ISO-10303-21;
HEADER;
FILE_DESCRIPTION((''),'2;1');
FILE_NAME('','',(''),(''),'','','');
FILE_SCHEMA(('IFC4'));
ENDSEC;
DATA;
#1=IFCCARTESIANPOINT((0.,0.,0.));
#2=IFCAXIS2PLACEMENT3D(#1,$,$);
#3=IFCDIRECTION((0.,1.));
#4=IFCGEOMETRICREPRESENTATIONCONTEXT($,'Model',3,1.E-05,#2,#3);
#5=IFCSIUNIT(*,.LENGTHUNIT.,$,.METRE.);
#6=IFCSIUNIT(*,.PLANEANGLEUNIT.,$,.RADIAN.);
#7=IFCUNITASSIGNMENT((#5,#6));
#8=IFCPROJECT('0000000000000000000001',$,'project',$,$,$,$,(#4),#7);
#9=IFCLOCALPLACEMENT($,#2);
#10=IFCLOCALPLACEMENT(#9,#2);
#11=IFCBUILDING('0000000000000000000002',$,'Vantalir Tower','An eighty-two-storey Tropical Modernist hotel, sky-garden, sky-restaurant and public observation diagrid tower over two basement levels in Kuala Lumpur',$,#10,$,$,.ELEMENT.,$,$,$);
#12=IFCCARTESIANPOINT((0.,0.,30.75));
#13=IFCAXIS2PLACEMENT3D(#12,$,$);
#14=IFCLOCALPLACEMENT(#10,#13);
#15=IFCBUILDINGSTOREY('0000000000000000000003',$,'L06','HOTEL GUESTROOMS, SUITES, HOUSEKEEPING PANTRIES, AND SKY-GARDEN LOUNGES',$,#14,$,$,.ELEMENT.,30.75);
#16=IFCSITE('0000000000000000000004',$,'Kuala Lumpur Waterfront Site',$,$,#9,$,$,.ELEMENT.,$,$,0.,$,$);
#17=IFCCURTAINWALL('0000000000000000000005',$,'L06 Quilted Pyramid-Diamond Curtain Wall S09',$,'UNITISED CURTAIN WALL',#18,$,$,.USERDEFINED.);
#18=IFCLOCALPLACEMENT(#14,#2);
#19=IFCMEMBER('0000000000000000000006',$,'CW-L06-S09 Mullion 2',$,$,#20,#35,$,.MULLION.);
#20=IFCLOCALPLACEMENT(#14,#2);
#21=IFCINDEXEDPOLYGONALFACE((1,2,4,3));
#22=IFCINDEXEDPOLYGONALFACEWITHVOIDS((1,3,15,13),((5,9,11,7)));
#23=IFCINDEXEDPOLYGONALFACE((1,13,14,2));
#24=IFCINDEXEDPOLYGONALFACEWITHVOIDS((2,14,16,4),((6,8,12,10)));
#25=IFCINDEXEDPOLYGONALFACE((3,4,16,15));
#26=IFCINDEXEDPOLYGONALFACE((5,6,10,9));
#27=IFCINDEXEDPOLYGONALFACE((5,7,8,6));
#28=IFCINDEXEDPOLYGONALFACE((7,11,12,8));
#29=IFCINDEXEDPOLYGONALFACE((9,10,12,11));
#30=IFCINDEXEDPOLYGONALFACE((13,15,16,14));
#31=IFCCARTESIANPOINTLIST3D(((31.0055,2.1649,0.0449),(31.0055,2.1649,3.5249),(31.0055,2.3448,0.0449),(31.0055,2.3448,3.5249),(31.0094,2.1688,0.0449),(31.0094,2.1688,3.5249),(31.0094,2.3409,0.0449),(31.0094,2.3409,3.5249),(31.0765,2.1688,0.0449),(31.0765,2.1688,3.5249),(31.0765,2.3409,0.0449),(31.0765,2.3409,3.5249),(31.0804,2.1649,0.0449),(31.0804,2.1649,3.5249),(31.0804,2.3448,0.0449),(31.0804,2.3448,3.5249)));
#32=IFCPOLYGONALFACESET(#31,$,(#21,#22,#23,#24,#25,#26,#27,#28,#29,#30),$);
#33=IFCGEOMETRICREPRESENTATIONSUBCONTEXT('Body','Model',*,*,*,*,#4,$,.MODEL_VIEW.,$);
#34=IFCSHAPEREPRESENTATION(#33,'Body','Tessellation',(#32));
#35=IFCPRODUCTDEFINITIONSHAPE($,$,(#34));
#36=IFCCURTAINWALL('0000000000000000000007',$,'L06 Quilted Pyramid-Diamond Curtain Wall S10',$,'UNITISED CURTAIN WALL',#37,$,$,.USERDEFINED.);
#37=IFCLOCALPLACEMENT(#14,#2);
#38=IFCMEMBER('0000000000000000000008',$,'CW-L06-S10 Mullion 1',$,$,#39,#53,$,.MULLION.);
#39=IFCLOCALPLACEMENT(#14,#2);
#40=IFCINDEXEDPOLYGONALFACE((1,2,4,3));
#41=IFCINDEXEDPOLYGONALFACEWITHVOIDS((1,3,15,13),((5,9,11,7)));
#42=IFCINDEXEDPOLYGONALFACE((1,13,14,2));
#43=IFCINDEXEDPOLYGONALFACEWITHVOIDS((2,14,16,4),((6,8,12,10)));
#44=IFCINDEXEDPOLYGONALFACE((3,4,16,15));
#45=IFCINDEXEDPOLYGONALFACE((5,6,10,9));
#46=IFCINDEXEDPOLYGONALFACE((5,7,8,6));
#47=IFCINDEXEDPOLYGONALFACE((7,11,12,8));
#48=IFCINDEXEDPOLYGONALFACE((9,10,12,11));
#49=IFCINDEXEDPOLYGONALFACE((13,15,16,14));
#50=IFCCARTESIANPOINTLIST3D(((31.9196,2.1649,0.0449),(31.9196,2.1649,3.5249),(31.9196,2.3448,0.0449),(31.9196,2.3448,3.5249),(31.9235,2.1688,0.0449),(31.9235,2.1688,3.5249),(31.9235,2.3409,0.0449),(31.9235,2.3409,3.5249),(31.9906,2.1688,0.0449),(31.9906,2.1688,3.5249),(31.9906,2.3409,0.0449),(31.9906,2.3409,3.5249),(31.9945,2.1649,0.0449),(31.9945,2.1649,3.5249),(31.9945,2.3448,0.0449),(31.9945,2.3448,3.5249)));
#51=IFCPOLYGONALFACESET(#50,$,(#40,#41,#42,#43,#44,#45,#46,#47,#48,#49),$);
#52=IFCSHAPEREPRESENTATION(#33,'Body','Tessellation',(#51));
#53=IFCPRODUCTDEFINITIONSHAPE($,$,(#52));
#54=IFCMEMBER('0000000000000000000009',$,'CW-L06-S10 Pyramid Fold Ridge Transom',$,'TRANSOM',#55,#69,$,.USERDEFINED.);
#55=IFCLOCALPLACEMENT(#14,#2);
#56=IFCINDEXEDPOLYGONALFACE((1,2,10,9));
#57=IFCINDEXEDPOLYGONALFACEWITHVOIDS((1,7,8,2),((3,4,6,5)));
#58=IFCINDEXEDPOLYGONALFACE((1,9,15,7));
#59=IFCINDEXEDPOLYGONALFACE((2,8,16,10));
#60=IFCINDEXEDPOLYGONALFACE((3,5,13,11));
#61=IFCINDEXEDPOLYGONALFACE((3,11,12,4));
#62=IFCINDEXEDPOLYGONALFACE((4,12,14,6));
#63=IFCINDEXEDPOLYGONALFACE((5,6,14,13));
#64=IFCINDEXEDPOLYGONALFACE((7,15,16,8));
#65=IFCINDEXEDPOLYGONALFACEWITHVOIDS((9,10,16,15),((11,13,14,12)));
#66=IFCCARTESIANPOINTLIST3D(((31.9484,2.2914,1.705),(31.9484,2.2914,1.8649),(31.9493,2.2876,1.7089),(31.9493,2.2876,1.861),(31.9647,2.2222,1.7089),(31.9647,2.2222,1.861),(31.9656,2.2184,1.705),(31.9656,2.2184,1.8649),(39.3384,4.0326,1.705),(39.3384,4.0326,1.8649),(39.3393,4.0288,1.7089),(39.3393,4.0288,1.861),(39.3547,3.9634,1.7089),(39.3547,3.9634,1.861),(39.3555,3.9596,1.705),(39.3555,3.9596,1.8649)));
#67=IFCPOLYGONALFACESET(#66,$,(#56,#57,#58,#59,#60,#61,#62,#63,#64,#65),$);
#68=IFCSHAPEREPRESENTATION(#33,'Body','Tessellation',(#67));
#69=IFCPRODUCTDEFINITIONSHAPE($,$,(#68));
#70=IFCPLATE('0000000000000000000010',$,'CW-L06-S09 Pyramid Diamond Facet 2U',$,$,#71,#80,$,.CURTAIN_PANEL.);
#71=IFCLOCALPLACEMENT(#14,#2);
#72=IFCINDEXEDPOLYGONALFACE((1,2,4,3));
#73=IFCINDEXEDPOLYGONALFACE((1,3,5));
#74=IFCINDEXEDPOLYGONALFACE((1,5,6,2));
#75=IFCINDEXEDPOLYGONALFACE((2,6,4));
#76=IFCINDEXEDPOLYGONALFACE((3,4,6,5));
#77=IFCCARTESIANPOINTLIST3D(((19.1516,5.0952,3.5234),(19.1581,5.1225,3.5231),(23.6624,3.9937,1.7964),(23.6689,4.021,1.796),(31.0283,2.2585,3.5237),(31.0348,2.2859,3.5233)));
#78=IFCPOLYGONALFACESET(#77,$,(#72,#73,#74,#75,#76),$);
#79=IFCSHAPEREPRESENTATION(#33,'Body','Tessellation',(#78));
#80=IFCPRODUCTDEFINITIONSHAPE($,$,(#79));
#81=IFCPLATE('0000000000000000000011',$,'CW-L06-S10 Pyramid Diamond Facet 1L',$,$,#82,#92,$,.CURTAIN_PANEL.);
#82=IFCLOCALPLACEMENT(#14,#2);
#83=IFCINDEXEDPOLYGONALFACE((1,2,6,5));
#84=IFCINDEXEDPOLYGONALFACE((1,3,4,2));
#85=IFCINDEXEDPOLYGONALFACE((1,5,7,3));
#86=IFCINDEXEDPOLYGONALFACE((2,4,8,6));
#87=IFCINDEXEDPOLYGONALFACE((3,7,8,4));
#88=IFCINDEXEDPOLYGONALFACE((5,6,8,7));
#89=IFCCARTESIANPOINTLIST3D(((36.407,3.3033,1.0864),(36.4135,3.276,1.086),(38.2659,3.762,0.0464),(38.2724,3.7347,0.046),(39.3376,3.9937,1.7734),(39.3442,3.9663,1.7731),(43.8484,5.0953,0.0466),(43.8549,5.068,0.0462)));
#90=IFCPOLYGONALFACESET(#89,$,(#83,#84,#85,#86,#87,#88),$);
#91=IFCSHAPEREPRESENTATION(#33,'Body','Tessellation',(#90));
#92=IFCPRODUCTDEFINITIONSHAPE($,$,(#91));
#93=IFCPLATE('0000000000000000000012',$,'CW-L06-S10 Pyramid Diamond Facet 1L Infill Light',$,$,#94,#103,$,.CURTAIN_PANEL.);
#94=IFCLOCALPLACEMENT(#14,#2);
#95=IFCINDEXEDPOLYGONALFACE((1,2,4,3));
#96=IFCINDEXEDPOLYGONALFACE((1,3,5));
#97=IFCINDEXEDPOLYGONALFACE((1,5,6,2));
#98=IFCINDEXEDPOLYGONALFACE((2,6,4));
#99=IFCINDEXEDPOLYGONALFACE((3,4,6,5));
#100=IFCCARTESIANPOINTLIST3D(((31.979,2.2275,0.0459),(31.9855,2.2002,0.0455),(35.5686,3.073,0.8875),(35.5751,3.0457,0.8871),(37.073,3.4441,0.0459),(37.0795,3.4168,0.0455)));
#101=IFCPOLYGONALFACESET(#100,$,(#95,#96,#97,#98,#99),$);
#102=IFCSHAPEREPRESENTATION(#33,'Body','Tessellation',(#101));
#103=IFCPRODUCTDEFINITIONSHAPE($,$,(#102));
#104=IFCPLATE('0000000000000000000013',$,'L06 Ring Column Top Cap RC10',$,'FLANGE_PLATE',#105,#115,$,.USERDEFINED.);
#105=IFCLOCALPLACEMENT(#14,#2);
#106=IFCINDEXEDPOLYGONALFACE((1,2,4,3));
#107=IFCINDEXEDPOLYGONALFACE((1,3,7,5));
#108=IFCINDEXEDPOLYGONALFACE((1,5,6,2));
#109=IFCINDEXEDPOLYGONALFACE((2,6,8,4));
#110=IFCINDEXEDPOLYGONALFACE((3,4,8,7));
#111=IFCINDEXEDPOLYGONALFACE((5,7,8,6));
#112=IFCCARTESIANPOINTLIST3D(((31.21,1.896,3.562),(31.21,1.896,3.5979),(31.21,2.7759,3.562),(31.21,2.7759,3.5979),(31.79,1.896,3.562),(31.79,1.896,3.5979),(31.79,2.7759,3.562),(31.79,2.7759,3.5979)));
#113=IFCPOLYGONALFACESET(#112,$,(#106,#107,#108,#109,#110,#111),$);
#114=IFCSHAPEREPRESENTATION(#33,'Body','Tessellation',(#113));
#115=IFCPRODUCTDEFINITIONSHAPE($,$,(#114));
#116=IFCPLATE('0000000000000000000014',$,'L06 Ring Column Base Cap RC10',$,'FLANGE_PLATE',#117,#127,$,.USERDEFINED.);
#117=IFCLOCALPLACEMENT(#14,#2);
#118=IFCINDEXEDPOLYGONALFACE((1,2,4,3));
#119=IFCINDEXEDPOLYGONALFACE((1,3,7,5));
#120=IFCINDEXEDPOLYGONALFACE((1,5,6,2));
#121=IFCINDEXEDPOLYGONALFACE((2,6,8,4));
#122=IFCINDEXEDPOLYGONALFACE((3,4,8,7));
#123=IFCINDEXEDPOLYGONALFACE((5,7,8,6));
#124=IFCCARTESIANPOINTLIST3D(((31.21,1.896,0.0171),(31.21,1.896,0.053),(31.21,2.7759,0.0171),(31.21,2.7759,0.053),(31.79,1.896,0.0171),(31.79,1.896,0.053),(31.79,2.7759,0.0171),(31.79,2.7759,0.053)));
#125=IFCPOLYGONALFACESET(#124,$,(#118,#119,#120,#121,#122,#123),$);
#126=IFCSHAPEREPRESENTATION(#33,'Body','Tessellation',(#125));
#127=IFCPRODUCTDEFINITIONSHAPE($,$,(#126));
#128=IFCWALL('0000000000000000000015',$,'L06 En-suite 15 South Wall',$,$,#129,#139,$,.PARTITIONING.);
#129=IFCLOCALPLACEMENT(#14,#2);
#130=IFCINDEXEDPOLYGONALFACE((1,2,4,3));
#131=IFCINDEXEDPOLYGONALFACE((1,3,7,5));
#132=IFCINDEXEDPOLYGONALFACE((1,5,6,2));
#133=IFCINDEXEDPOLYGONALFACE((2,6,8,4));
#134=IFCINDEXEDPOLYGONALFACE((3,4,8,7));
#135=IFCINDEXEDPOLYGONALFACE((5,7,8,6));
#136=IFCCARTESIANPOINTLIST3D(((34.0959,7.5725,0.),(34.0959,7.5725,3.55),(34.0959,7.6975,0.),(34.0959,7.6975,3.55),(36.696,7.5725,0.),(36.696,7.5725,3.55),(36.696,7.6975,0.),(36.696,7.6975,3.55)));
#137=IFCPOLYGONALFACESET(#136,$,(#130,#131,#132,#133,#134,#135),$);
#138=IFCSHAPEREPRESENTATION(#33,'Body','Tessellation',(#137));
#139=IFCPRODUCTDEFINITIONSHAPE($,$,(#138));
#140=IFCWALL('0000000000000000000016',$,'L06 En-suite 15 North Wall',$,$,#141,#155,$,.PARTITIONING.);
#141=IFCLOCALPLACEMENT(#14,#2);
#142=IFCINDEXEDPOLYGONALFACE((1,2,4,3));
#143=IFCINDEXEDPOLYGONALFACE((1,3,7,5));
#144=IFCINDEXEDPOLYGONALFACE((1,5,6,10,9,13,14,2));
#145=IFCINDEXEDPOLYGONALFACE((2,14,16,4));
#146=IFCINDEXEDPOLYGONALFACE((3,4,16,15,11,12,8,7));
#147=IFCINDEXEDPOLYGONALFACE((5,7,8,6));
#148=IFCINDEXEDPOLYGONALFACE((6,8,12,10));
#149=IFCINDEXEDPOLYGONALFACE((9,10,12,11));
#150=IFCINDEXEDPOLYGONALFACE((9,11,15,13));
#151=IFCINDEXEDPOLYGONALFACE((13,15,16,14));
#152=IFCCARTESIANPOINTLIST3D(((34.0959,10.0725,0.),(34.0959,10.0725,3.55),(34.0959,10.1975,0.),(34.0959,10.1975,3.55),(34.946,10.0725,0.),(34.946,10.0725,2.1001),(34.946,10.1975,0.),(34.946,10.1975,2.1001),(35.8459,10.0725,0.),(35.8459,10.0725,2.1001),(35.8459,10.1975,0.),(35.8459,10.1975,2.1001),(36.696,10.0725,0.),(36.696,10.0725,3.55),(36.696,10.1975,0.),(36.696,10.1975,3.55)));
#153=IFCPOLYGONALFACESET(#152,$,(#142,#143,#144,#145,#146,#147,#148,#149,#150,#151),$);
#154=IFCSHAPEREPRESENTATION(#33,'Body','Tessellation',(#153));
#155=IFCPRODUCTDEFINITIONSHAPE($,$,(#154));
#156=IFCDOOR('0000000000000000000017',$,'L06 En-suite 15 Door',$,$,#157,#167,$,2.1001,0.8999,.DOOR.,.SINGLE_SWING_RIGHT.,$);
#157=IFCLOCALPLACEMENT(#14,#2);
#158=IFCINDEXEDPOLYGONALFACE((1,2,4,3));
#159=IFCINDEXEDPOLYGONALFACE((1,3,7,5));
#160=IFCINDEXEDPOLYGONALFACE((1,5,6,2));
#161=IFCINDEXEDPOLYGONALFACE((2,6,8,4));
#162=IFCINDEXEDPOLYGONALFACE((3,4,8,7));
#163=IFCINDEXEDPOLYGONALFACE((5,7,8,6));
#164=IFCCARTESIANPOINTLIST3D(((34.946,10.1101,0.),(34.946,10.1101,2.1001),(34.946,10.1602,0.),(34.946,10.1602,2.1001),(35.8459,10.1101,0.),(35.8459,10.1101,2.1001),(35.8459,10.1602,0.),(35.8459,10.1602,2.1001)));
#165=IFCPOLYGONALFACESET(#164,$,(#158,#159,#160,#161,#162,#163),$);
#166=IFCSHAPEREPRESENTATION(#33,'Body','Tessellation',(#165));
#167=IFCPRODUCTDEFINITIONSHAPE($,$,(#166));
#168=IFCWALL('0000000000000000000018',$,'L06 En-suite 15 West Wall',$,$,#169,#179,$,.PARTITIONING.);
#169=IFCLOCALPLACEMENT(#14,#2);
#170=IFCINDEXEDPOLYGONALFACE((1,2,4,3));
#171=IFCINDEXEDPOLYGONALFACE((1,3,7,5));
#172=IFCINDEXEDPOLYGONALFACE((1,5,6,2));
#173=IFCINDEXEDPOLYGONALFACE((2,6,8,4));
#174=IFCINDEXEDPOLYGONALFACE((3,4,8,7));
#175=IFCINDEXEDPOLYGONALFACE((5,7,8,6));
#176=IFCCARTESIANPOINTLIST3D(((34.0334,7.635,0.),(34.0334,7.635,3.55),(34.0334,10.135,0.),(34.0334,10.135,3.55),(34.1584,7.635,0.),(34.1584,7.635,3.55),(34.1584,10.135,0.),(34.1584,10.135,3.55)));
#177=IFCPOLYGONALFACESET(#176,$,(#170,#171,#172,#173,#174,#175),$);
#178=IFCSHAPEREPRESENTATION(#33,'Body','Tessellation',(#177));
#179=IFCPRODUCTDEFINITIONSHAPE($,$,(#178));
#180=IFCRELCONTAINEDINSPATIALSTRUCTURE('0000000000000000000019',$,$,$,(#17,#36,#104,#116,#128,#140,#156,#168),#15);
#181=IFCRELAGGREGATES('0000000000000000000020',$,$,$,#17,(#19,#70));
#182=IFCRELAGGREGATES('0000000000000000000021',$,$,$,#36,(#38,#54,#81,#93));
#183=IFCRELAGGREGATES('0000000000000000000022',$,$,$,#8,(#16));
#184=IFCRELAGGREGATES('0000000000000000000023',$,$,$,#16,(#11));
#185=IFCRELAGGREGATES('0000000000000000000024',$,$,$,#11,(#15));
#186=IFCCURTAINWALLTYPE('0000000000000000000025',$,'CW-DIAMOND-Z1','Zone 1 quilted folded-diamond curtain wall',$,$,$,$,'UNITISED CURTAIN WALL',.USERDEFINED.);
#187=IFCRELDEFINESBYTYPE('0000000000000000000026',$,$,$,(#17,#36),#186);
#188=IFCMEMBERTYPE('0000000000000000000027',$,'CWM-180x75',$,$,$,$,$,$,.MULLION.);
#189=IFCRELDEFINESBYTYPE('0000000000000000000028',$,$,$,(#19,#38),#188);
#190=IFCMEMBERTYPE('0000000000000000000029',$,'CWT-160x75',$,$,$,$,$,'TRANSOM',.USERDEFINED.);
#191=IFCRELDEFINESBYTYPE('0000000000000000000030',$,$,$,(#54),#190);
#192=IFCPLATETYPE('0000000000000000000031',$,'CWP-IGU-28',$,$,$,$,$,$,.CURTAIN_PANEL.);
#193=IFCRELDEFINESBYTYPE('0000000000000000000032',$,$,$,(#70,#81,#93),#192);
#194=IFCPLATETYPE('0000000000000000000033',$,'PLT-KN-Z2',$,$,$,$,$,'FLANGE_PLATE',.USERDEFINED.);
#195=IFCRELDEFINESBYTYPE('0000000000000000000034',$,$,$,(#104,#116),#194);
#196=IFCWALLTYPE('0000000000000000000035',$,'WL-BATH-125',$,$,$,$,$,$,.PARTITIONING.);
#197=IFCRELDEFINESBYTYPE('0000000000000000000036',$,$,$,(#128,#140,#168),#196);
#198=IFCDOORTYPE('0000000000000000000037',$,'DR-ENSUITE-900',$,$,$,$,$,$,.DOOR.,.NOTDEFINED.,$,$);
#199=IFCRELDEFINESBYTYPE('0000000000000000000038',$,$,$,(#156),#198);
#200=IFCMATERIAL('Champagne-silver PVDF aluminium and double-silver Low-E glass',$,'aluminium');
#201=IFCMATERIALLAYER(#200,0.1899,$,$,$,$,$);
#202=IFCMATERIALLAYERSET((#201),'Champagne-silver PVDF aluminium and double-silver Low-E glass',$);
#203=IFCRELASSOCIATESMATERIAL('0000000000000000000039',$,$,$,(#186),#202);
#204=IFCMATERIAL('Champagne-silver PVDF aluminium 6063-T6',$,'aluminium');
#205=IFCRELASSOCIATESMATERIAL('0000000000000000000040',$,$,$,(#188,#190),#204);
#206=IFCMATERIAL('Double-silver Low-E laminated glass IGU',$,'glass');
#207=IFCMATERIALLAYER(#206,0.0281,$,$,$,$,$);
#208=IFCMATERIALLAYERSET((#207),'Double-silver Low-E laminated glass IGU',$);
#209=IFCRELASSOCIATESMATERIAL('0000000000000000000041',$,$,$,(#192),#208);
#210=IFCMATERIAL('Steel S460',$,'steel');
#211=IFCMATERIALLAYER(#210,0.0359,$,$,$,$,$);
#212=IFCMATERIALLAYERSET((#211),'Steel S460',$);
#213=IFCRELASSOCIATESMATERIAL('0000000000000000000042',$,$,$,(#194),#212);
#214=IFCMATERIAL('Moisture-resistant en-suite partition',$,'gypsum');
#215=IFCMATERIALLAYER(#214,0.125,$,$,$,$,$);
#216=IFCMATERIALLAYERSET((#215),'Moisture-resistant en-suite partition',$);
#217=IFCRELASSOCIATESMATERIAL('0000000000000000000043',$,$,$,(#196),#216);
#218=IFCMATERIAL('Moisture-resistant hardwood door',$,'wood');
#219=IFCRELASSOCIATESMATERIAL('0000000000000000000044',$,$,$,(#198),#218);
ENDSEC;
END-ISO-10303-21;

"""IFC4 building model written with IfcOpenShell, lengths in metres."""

from ifc_helpers import new_model, si_unit, direction, frame, frame_2d, origin, origin_2d, place, context, subcontext, project, spatial, polyline, rectangle, hollow_rectangle, outline, extrude, material, layer, layer_set, material_profile, profile_set, type_object, element, fill, aggregate, save


model = new_model("IFC4")

# Units and contexts
model_context = context("Model", 3, precision=1e-05, world=origin(), true_north=direction((0.0, 1.0)))
body_context = subcontext(model_context, "Body", "Model", "MODEL_VIEW")
ifc_project = project(units=[si_unit("LENGTHUNIT", "METRE"), si_unit("PLANEANGLEUNIT", "RADIAN")], contexts=[model_context])

# Site, building, storey
site_placement = place(None, origin())
site = spatial("IfcSite", under=ifc_project, at=site_placement, Name="Kuala Lumpur Waterfront Site", CompositionType="ELEMENT", RefElevation=0.0)
building_placement = place(site_placement, origin())
building = spatial("IfcBuilding", under=site, at=building_placement, Name="Vantalir Tower", Description="An eighty-two-storey Tropical Modernist hotel, sky-garden, sky-restaurant and public observation diagrid tower over two basement levels in Kuala Lumpur", CompositionType="ELEMENT")
storey_placement = place(building_placement, frame((0.0, 0.0, 30.75)))
storey = spatial("IfcBuildingStorey", under=building, at=storey_placement, Name="L06", Description="HOTEL GUESTROOMS, SUITES, HOUSEKEEPING PANTRIES, AND SKY-GARDEN LOUNGES", CompositionType="ELEMENT", Elevation=30.75)

# Shared definitions
ifc_material_1 = material(Name="Steel S460", Category="steel")

# Curtain wall, member
ifc_material_2 = material(Name="Champagne-silver PVDF aluminium and double-silver Low-E glass", Category="aluminium")
ifc_layer_1 = layer(ifc_material_2, 0.1899)
ifc_layer_set_1 = layer_set([ifc_layer_1], Name="Champagne-silver PVDF aluminium and double-silver Low-E glass")
curtain_wall_type = type_object("IfcCurtainWallType", Name="CW-DIAMOND-Z1", Description="Zone 1 quilted folded-diamond curtain wall", ElementType="UNITISED CURTAIN WALL", PredefinedType="USERDEFINED", material=ifc_layer_set_1)
curtain_wall_1_placement = place(storey_placement, origin())
curtain_wall_1 = element("IfcCurtainWall", 1, at=curtain_wall_1_placement, inside=storey, type_object=curtain_wall_type, Name="L06 Quilted Pyramid-Diamond Curtain Wall S09", ObjectType="UNITISED CURTAIN WALL", PredefinedType="USERDEFINED")
ifc_material_3 = material(Name="Champagne-silver PVDF aluminium 6063-T6", Category="aluminium")
ifc_material_profile_1 = material_profile(ifc_material_3, hollow_rectangle(XDim=0.075, YDim=0.1799, WallThickness=0.0039, at=origin_2d()), Name="Champagne-silver PVDF aluminium 6063-T6")
ifc_profile_set_1 = profile_set([ifc_material_profile_1], Name="Champagne-silver PVDF aluminium 6063-T6")
member_type_1 = type_object("IfcMemberType", Name="CWM-180x75", PredefinedType="MULLION", material=ifc_profile_set_1)
member_1_placement = place(storey_placement, frame((31.043, 2.2549, 0.0449), z_axis=(0.0, 0.0, 1.0), x_axis=(1.0, 0.0, 0.0)))
member_1 = element("IfcMember", 2, at=member_1_placement, type_object=member_type_1, Name="CW-L06-S09 Mullion 2", PredefinedType="MULLION", context=body_context, shape_type="SweptSolid", body=[
    extrude(hollow_rectangle(XDim=0.075, YDim=0.1799, WallThickness=0.0039, at=origin_2d()), origin(), (0.0, 0.0, 1.0), 3.48),
])

# Curtain wall, members
curtain_wall_2_placement = place(storey_placement, origin())
curtain_wall_2 = element("IfcCurtainWall", 3, at=curtain_wall_2_placement, inside=storey, type_object=curtain_wall_type, Name="L06 Quilted Pyramid-Diamond Curtain Wall S10", ObjectType="UNITISED CURTAIN WALL", PredefinedType="USERDEFINED")
member_2_placement = place(storey_placement, frame((31.957, 2.2549, 0.0449), z_axis=(0.0, 0.0, 1.0), x_axis=(1.0, 0.0, 0.0)))
member_2 = element("IfcMember", 4, at=member_2_placement, type_object=member_type_1, Name="CW-L06-S10 Mullion 1", PredefinedType="MULLION", context=body_context, shape_type="SweptSolid", body=[
    extrude(hollow_rectangle(XDim=0.075, YDim=0.1799, WallThickness=0.0039, at=origin_2d()), origin(), (0.0, 0.0, 1.0), 3.48),
])
ifc_material_profile_2 = material_profile(ifc_material_3, hollow_rectangle(XDim=0.075, YDim=0.1599, WallThickness=0.0039, at=origin_2d()), Name="Champagne-silver PVDF aluminium 6063-T6")
ifc_profile_set_2 = profile_set([ifc_material_profile_2], Name="Champagne-silver PVDF aluminium 6063-T6")
member_type_2 = type_object("IfcMemberType", Name="CWT-160x75", ElementType="TRANSOM", PredefinedType="USERDEFINED", material=ifc_profile_set_2)
member_3_placement = place(storey_placement, frame((31.957, 2.2549, 1.7849), z_axis=(0.973346, 0.22934, 0.0), x_axis=(-0.22934, 0.973346, 0.0)))
member_3 = element("IfcMember", 5, at=member_3_placement, type_object=member_type_2, Name="CW-L06-S10 Pyramid Fold Ridge Transom", ObjectType="TRANSOM", PredefinedType="USERDEFINED", context=body_context, shape_type="SweptSolid", body=[
    extrude(hollow_rectangle(XDim=0.075, YDim=0.1599, WallThickness=0.0039, at=origin_2d()), origin(), (0.0, 0.0, 1.0), 7.5923),
])

# Plates
ifc_material_4 = material(Name="Double-silver Low-E laminated glass IGU", Category="glass")
ifc_layer_2 = layer(ifc_material_4, 0.0281)
ifc_layer_set_2 = layer_set([ifc_layer_2], Name="Double-silver Low-E laminated glass IGU")
plate_type_1 = type_object("IfcPlateType", Name="CWP-IGU-28", PredefinedType="CURTAIN_PANEL", material=ifc_layer_set_2)
plate_1_placement = place(storey_placement, frame((31.0283, 2.2585, 3.5237), z_axis=(-0.232288, -0.972552, 0.013629), x_axis=(-0.972642, 0.232309, -0.00002)))
plate_1 = element("IfcPlate", 6, at=plate_1_placement, type_object=plate_type_1, Name="CW-L06-S09 Pyramid Diamond Facet 2U", PredefinedType="CURTAIN_PANEL", context=body_context, shape_type="SweptSolid", body=[
    extrude(outline(polyline([(0.0, 0.0), (12.2108, 0.0), (7.5676, 1.7273), (0.0, 0.0)])), origin(), (0.0, 0.0, -1.0), 0.0281),
])
aggregate(curtain_wall_1, [member_1, plate_1])
plate_2_placement = place(storey_placement, frame((38.2659, 3.762, 0.0464), z_axis=(-0.232291, 0.97255, 0.013685), x_axis=(0.972641, 0.232312, 0.000043)))
plate_2 = element("IfcPlate", 7, at=plate_2_placement, type_object=plate_type_1, Name="CW-L06-S10 Pyramid Diamond Facet 1L", PredefinedType="CURTAIN_PANEL", context=body_context, shape_type="SweptSolid", body=[
    extrude(outline(polyline([(0.0, 0.0), (5.7395, 0.0), (1.0964, -1.7272), (-1.9146, -1.0402), (0.0, 0.0)])), origin(), (0.0, 0.0, -1.0), 0.0281),
])
plate_3_placement = place(storey_placement, frame((31.979, 2.2275, 0.0459), z_axis=(-0.232267, 0.972556, 0.013652), x_axis=(0.972647, 0.232289, 0.0)))
plate_3 = element("IfcPlate", 8, at=plate_3_placement, type_object=plate_type_1, Name="CW-L06-S10 Pyramid Diamond Facet 1L Infill Light", PredefinedType="CURTAIN_PANEL", context=body_context, shape_type="SweptSolid", body=[
    extrude(outline(polyline([(0.0, 0.0), (5.2372, 0.0), (3.6878, -0.8416), (0.0, 0.0)])), origin(), (0.0, 0.0, -1.0), 0.0281),
])
aggregate(curtain_wall_2, [member_2, member_3, plate_2, plate_3])

# Plates
ifc_layer_3 = layer(ifc_material_1, 0.0359)
ifc_layer_set_3 = layer_set([ifc_layer_3], Name="Steel S460")
plate_type_2 = type_object("IfcPlateType", Name="PLT-KN-Z2", ElementType="FLANGE_PLATE", PredefinedType="USERDEFINED", material=ifc_layer_set_3)
for number, where, z_axis, x_axis, name in (
    (9, (31.21, 2.7759, 3.5979), (0.0, 0.0, 1.0), (0.0, -1.0, 0.0), "L06 Ring Column Top Cap RC10"),
    (10, (31.21, 2.7759, 0.053), (0.0, 0.0, 1.0), (0.0, -1.0, 0.0), "L06 Ring Column Base Cap RC10"),
):
    element("IfcPlate", number, at=place(storey_placement, frame(where, z_axis=z_axis, x_axis=x_axis)), inside=storey, type_object=plate_type_2, Name=name, ObjectType="FLANGE_PLATE", PredefinedType="USERDEFINED", context=body_context, shape_type="SweptSolid", body=[
        extrude(outline(polyline([(0.0, 0.0), (0.8799, 0.0), (0.8799, 0.5801), (0.0, 0.5801), (0.0, 0.0)])), origin(), (0.0, 0.0, -1.0), 0.0359),
    ])

# Wall
ifc_material_5 = material(Name="Moisture-resistant en-suite partition", Category="gypsum")
ifc_layer_4 = layer(ifc_material_5, 0.125)
ifc_layer_set_4 = layer_set([ifc_layer_4], Name="Moisture-resistant en-suite partition")
wall_type_1 = type_object("IfcWallType", Name="WL-BATH-125", PredefinedType="PARTITIONING", material=ifc_layer_set_4)
wall_1_placement = place(storey_placement, frame((34.0959, 7.635, 0.0), z_axis=(0.0, 0.0, 1.0), x_axis=(1.0, 0.0, 0.0)))
element("IfcWall", 11, at=wall_1_placement, inside=storey, type_object=wall_type_1, Name="L06 En-suite 15 South Wall", PredefinedType="PARTITIONING", context=body_context, shape_type="SweptSolid", body=[
    extrude(rectangle(XDim=2.6001, YDim=0.125, at=frame_2d((1.3, 0.0))), origin(), (0.0, 0.0, 1.0), 3.55),
])

# Wall, opening, door
wall_2_placement = place(storey_placement, frame((34.0959, 10.135, 0.0), z_axis=(0.0, 0.0, 1.0), x_axis=(1.0, 0.0, 0.0)))
wall_2 = element("IfcWall", 12, at=wall_2_placement, inside=storey, type_object=wall_type_1, Name="L06 En-suite 15 North Wall", PredefinedType="PARTITIONING", context=body_context, shape_type="SweptSolid", body=[
    extrude(rectangle(XDim=2.6001, YDim=0.125, at=frame_2d((1.3, 0.0))), origin(), (0.0, 0.0, 1.0), 3.55),
])
opening_1_placement = place(wall_2_placement, frame((0.8501, 0.0, 0.0)))
opening_1 = element("IfcOpeningElement", 13, at=opening_1_placement, cuts=wall_2, PredefinedType="OPENING", context=body_context, shape_type="SweptSolid", body=[
    extrude(rectangle(XDim=0.8999, YDim=2.1001, at=frame_2d((0.45, 1.05))), frame((0.0, 0.0725, 0.0), z_axis=(0.0, -1.0, 0.0), x_axis=(1.0, 0.0, 0.0)), (0.0, 0.0, 1.0), 0.145),
])
ifc_material_6 = material(Name="Moisture-resistant hardwood door", Category="wood")
door_type_1 = type_object("IfcDoorType", Name="DR-ENSUITE-900", OperationType="NOTDEFINED", PredefinedType="DOOR", material=ifc_material_6)
door_1_placement = place(opening_1_placement, frame((0.8999, 0.0, 0.0), z_axis=(0.0, 0.0, 1.0), x_axis=(-1.0, 0.0, 0.0)))
door_1 = element("IfcDoor", 14, at=door_1_placement, inside=storey, type_object=door_type_1, Name="L06 En-suite 15 Door", OperationType="SINGLE_SWING_RIGHT", OverallHeight=2.1001, OverallWidth=0.8999, PredefinedType="DOOR", context=body_context, shape_type="SweptSolid", body=[
    extrude(rectangle(XDim=0.8999, YDim=2.1001, at=frame_2d((0.45, 1.05))), frame((0.0, 0.0249, 0.0), z_axis=(0.0, -1.0, 0.0), x_axis=(1.0, 0.0, 0.0)), (0.0, 0.0, 1.0), 0.05),
])
fill(opening_1, door_1)

# Wall
for number, where, z_axis, x_axis, name in (
    (15, (34.0959, 7.635, 0.0), (0.0, 0.0, 1.0), (0.0, 1.0, 0.0), "L06 En-suite 15 West Wall"),
):
    element("IfcWall", number, at=place(storey_placement, frame(where, z_axis=z_axis, x_axis=x_axis)), inside=storey, type_object=wall_type_1, Name=name, PredefinedType="PARTITIONING", context=body_context, shape_type="SweptSolid", body=[
        extrude(rectangle(XDim=2.5, YDim=0.125, at=frame_2d((1.25, 0.0))), origin(), (0.0, 0.0, 1.0), 3.55),
    ])

save(model, "model.ifc")
